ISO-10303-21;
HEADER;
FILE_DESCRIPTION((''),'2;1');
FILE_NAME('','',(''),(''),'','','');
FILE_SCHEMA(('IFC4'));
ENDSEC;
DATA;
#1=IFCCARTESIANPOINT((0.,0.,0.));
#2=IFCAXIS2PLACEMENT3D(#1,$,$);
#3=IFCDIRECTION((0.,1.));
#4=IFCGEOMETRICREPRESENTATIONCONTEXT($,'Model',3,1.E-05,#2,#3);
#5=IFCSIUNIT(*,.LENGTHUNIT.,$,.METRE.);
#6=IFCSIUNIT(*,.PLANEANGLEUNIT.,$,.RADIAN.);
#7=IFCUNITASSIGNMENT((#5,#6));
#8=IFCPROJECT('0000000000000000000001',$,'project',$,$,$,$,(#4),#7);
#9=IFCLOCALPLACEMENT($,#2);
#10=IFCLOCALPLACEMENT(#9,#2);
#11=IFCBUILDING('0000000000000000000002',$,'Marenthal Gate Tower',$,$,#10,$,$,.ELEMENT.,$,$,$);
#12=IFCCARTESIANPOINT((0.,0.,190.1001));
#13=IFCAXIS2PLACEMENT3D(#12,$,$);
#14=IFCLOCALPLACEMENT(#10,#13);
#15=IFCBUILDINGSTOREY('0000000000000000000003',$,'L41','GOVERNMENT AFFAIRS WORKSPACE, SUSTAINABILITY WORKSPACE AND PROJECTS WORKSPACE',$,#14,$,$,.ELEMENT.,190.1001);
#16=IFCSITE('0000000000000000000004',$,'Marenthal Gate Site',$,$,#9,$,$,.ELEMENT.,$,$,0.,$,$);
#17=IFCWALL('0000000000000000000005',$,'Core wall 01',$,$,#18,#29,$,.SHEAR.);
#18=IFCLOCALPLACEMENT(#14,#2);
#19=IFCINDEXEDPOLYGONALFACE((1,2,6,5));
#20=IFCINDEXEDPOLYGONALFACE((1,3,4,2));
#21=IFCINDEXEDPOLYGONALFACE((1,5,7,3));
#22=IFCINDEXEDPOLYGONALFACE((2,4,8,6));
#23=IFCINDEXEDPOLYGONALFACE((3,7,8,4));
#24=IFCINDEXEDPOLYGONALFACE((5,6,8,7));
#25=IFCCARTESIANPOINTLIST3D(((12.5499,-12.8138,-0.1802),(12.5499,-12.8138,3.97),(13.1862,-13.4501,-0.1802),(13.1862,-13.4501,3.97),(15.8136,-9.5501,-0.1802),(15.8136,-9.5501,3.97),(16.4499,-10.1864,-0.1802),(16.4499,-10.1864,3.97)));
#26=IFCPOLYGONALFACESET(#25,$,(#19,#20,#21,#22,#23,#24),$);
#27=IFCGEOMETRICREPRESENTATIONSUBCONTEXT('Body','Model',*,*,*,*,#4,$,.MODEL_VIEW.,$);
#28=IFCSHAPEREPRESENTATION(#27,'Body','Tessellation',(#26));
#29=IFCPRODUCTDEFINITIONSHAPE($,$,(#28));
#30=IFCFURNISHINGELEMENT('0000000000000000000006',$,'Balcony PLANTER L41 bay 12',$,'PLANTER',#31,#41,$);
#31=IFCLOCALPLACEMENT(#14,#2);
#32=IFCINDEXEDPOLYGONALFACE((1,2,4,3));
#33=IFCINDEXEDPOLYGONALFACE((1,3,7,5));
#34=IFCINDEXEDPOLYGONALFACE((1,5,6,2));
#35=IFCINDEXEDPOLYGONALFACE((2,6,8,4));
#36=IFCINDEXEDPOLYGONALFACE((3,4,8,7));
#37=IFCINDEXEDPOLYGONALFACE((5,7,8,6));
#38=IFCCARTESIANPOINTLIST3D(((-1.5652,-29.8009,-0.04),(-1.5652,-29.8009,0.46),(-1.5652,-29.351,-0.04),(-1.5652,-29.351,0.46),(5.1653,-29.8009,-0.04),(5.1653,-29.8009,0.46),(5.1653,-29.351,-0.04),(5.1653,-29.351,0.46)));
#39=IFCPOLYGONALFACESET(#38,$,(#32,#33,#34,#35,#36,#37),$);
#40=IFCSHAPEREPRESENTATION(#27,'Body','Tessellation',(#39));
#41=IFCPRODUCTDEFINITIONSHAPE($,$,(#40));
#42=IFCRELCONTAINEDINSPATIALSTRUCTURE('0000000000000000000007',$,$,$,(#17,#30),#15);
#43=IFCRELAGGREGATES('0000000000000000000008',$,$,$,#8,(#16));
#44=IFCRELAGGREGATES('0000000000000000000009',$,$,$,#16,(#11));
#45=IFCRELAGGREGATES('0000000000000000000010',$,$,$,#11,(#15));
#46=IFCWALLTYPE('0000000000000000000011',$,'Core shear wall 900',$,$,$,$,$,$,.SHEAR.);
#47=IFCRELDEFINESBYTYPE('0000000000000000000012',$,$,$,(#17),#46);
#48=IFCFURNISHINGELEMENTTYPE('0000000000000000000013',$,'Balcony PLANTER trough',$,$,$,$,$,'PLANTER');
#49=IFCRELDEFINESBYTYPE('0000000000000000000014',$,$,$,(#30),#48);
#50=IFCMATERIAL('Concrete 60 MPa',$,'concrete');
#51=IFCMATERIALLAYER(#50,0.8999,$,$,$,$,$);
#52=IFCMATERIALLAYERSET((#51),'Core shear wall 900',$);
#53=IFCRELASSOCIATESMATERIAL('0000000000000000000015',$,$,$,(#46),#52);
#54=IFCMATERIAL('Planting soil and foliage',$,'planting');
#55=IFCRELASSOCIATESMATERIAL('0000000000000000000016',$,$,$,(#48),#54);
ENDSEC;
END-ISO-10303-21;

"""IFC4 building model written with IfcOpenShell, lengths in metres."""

from ifc_helpers import new_model, si_unit, direction, frame, frame_2d, origin, origin_2d, place, context, subcontext, project, spatial, rectangle, extrude, material, layer, layer_set, type_object, element, save


model = new_model("IFC4")

# Units and contexts
model_context = context("Model", 3, precision=1e-05, world=origin(), true_north=direction((0.0, 1.0)))
body_context = subcontext(model_context, "Body", "Model", "MODEL_VIEW")
ifc_project = project(units=[si_unit("LENGTHUNIT", "METRE"), si_unit("PLANEANGLEUNIT", "RADIAN")], contexts=[model_context])

# Site, building, storey
site_placement = place(None, origin())
site = spatial("IfcSite", under=ifc_project, at=site_placement, Name="Marenthal Gate Site", CompositionType="ELEMENT", RefElevation=0.0)
building_placement = place(site_placement, origin())
building = spatial("IfcBuilding", under=site, at=building_placement, Name="Marenthal Gate Tower", CompositionType="ELEMENT")
storey_placement = place(building_placement, frame((0.0, 0.0, 190.1001)))
storey = spatial("IfcBuildingStorey", under=building, at=storey_placement, Name="L41", Description="GOVERNMENT AFFAIRS WORKSPACE, SUSTAINABILITY WORKSPACE AND PROJECTS WORKSPACE", CompositionType="ELEMENT", Elevation=190.1001)

# Wall
ifc_material_1 = material(Name="Concrete 60 MPa", Category="concrete")
ifc_layer_1 = layer(ifc_material_1, 0.8999)
ifc_layer_set_1 = layer_set([ifc_layer_1], Name="Core shear wall 900")
wall_type = type_object("IfcWallType", Name="Core shear wall 900", PredefinedType="SHEAR", material=ifc_layer_set_1)
wall_placement = place(storey_placement, frame((12.8682, -13.1318, -0.1802), z_axis=(0.0, 0.0, 1.0), x_axis=(0.707107, 0.707107, 0.0)))
element("IfcWall", 1, at=wall_placement, inside=storey, type_object=wall_type, Name="Core wall 01", PredefinedType="SHEAR", context=body_context, shape_type="SweptSolid", body=[
    extrude(rectangle(XDim=4.6155, YDim=0.8999, at=frame_2d((2.3076, 0.0))), origin(), (0.0, 0.0, 1.0), 4.1501),
])

# Furnishing element
ifc_material_2 = material(Name="Planting soil and foliage", Category="planting")
furnishing_element_type = type_object("IfcFurnishingElementType", Name="Balcony PLANTER trough", ElementType="PLANTER", material=ifc_material_2)
furnishing_placement = place(storey_placement, frame((1.8, -29.5759, -0.04), z_axis=(0.0, 0.0, 1.0), x_axis=(1.0, 0.0, 0.0)))
element("IfcFurnishingElement", 2, at=furnishing_placement, inside=storey, type_object=furnishing_element_type, Name="Balcony PLANTER L41 bay 12", ObjectType="PLANTER", context=body_context, shape_type="SweptSolid", body=[
    extrude(rectangle(XDim=6.7305, YDim=0.45, at=origin_2d()), origin(), (0.0, 0.0, 1.0), 0.5),
])

save(model, "model.ifc")
